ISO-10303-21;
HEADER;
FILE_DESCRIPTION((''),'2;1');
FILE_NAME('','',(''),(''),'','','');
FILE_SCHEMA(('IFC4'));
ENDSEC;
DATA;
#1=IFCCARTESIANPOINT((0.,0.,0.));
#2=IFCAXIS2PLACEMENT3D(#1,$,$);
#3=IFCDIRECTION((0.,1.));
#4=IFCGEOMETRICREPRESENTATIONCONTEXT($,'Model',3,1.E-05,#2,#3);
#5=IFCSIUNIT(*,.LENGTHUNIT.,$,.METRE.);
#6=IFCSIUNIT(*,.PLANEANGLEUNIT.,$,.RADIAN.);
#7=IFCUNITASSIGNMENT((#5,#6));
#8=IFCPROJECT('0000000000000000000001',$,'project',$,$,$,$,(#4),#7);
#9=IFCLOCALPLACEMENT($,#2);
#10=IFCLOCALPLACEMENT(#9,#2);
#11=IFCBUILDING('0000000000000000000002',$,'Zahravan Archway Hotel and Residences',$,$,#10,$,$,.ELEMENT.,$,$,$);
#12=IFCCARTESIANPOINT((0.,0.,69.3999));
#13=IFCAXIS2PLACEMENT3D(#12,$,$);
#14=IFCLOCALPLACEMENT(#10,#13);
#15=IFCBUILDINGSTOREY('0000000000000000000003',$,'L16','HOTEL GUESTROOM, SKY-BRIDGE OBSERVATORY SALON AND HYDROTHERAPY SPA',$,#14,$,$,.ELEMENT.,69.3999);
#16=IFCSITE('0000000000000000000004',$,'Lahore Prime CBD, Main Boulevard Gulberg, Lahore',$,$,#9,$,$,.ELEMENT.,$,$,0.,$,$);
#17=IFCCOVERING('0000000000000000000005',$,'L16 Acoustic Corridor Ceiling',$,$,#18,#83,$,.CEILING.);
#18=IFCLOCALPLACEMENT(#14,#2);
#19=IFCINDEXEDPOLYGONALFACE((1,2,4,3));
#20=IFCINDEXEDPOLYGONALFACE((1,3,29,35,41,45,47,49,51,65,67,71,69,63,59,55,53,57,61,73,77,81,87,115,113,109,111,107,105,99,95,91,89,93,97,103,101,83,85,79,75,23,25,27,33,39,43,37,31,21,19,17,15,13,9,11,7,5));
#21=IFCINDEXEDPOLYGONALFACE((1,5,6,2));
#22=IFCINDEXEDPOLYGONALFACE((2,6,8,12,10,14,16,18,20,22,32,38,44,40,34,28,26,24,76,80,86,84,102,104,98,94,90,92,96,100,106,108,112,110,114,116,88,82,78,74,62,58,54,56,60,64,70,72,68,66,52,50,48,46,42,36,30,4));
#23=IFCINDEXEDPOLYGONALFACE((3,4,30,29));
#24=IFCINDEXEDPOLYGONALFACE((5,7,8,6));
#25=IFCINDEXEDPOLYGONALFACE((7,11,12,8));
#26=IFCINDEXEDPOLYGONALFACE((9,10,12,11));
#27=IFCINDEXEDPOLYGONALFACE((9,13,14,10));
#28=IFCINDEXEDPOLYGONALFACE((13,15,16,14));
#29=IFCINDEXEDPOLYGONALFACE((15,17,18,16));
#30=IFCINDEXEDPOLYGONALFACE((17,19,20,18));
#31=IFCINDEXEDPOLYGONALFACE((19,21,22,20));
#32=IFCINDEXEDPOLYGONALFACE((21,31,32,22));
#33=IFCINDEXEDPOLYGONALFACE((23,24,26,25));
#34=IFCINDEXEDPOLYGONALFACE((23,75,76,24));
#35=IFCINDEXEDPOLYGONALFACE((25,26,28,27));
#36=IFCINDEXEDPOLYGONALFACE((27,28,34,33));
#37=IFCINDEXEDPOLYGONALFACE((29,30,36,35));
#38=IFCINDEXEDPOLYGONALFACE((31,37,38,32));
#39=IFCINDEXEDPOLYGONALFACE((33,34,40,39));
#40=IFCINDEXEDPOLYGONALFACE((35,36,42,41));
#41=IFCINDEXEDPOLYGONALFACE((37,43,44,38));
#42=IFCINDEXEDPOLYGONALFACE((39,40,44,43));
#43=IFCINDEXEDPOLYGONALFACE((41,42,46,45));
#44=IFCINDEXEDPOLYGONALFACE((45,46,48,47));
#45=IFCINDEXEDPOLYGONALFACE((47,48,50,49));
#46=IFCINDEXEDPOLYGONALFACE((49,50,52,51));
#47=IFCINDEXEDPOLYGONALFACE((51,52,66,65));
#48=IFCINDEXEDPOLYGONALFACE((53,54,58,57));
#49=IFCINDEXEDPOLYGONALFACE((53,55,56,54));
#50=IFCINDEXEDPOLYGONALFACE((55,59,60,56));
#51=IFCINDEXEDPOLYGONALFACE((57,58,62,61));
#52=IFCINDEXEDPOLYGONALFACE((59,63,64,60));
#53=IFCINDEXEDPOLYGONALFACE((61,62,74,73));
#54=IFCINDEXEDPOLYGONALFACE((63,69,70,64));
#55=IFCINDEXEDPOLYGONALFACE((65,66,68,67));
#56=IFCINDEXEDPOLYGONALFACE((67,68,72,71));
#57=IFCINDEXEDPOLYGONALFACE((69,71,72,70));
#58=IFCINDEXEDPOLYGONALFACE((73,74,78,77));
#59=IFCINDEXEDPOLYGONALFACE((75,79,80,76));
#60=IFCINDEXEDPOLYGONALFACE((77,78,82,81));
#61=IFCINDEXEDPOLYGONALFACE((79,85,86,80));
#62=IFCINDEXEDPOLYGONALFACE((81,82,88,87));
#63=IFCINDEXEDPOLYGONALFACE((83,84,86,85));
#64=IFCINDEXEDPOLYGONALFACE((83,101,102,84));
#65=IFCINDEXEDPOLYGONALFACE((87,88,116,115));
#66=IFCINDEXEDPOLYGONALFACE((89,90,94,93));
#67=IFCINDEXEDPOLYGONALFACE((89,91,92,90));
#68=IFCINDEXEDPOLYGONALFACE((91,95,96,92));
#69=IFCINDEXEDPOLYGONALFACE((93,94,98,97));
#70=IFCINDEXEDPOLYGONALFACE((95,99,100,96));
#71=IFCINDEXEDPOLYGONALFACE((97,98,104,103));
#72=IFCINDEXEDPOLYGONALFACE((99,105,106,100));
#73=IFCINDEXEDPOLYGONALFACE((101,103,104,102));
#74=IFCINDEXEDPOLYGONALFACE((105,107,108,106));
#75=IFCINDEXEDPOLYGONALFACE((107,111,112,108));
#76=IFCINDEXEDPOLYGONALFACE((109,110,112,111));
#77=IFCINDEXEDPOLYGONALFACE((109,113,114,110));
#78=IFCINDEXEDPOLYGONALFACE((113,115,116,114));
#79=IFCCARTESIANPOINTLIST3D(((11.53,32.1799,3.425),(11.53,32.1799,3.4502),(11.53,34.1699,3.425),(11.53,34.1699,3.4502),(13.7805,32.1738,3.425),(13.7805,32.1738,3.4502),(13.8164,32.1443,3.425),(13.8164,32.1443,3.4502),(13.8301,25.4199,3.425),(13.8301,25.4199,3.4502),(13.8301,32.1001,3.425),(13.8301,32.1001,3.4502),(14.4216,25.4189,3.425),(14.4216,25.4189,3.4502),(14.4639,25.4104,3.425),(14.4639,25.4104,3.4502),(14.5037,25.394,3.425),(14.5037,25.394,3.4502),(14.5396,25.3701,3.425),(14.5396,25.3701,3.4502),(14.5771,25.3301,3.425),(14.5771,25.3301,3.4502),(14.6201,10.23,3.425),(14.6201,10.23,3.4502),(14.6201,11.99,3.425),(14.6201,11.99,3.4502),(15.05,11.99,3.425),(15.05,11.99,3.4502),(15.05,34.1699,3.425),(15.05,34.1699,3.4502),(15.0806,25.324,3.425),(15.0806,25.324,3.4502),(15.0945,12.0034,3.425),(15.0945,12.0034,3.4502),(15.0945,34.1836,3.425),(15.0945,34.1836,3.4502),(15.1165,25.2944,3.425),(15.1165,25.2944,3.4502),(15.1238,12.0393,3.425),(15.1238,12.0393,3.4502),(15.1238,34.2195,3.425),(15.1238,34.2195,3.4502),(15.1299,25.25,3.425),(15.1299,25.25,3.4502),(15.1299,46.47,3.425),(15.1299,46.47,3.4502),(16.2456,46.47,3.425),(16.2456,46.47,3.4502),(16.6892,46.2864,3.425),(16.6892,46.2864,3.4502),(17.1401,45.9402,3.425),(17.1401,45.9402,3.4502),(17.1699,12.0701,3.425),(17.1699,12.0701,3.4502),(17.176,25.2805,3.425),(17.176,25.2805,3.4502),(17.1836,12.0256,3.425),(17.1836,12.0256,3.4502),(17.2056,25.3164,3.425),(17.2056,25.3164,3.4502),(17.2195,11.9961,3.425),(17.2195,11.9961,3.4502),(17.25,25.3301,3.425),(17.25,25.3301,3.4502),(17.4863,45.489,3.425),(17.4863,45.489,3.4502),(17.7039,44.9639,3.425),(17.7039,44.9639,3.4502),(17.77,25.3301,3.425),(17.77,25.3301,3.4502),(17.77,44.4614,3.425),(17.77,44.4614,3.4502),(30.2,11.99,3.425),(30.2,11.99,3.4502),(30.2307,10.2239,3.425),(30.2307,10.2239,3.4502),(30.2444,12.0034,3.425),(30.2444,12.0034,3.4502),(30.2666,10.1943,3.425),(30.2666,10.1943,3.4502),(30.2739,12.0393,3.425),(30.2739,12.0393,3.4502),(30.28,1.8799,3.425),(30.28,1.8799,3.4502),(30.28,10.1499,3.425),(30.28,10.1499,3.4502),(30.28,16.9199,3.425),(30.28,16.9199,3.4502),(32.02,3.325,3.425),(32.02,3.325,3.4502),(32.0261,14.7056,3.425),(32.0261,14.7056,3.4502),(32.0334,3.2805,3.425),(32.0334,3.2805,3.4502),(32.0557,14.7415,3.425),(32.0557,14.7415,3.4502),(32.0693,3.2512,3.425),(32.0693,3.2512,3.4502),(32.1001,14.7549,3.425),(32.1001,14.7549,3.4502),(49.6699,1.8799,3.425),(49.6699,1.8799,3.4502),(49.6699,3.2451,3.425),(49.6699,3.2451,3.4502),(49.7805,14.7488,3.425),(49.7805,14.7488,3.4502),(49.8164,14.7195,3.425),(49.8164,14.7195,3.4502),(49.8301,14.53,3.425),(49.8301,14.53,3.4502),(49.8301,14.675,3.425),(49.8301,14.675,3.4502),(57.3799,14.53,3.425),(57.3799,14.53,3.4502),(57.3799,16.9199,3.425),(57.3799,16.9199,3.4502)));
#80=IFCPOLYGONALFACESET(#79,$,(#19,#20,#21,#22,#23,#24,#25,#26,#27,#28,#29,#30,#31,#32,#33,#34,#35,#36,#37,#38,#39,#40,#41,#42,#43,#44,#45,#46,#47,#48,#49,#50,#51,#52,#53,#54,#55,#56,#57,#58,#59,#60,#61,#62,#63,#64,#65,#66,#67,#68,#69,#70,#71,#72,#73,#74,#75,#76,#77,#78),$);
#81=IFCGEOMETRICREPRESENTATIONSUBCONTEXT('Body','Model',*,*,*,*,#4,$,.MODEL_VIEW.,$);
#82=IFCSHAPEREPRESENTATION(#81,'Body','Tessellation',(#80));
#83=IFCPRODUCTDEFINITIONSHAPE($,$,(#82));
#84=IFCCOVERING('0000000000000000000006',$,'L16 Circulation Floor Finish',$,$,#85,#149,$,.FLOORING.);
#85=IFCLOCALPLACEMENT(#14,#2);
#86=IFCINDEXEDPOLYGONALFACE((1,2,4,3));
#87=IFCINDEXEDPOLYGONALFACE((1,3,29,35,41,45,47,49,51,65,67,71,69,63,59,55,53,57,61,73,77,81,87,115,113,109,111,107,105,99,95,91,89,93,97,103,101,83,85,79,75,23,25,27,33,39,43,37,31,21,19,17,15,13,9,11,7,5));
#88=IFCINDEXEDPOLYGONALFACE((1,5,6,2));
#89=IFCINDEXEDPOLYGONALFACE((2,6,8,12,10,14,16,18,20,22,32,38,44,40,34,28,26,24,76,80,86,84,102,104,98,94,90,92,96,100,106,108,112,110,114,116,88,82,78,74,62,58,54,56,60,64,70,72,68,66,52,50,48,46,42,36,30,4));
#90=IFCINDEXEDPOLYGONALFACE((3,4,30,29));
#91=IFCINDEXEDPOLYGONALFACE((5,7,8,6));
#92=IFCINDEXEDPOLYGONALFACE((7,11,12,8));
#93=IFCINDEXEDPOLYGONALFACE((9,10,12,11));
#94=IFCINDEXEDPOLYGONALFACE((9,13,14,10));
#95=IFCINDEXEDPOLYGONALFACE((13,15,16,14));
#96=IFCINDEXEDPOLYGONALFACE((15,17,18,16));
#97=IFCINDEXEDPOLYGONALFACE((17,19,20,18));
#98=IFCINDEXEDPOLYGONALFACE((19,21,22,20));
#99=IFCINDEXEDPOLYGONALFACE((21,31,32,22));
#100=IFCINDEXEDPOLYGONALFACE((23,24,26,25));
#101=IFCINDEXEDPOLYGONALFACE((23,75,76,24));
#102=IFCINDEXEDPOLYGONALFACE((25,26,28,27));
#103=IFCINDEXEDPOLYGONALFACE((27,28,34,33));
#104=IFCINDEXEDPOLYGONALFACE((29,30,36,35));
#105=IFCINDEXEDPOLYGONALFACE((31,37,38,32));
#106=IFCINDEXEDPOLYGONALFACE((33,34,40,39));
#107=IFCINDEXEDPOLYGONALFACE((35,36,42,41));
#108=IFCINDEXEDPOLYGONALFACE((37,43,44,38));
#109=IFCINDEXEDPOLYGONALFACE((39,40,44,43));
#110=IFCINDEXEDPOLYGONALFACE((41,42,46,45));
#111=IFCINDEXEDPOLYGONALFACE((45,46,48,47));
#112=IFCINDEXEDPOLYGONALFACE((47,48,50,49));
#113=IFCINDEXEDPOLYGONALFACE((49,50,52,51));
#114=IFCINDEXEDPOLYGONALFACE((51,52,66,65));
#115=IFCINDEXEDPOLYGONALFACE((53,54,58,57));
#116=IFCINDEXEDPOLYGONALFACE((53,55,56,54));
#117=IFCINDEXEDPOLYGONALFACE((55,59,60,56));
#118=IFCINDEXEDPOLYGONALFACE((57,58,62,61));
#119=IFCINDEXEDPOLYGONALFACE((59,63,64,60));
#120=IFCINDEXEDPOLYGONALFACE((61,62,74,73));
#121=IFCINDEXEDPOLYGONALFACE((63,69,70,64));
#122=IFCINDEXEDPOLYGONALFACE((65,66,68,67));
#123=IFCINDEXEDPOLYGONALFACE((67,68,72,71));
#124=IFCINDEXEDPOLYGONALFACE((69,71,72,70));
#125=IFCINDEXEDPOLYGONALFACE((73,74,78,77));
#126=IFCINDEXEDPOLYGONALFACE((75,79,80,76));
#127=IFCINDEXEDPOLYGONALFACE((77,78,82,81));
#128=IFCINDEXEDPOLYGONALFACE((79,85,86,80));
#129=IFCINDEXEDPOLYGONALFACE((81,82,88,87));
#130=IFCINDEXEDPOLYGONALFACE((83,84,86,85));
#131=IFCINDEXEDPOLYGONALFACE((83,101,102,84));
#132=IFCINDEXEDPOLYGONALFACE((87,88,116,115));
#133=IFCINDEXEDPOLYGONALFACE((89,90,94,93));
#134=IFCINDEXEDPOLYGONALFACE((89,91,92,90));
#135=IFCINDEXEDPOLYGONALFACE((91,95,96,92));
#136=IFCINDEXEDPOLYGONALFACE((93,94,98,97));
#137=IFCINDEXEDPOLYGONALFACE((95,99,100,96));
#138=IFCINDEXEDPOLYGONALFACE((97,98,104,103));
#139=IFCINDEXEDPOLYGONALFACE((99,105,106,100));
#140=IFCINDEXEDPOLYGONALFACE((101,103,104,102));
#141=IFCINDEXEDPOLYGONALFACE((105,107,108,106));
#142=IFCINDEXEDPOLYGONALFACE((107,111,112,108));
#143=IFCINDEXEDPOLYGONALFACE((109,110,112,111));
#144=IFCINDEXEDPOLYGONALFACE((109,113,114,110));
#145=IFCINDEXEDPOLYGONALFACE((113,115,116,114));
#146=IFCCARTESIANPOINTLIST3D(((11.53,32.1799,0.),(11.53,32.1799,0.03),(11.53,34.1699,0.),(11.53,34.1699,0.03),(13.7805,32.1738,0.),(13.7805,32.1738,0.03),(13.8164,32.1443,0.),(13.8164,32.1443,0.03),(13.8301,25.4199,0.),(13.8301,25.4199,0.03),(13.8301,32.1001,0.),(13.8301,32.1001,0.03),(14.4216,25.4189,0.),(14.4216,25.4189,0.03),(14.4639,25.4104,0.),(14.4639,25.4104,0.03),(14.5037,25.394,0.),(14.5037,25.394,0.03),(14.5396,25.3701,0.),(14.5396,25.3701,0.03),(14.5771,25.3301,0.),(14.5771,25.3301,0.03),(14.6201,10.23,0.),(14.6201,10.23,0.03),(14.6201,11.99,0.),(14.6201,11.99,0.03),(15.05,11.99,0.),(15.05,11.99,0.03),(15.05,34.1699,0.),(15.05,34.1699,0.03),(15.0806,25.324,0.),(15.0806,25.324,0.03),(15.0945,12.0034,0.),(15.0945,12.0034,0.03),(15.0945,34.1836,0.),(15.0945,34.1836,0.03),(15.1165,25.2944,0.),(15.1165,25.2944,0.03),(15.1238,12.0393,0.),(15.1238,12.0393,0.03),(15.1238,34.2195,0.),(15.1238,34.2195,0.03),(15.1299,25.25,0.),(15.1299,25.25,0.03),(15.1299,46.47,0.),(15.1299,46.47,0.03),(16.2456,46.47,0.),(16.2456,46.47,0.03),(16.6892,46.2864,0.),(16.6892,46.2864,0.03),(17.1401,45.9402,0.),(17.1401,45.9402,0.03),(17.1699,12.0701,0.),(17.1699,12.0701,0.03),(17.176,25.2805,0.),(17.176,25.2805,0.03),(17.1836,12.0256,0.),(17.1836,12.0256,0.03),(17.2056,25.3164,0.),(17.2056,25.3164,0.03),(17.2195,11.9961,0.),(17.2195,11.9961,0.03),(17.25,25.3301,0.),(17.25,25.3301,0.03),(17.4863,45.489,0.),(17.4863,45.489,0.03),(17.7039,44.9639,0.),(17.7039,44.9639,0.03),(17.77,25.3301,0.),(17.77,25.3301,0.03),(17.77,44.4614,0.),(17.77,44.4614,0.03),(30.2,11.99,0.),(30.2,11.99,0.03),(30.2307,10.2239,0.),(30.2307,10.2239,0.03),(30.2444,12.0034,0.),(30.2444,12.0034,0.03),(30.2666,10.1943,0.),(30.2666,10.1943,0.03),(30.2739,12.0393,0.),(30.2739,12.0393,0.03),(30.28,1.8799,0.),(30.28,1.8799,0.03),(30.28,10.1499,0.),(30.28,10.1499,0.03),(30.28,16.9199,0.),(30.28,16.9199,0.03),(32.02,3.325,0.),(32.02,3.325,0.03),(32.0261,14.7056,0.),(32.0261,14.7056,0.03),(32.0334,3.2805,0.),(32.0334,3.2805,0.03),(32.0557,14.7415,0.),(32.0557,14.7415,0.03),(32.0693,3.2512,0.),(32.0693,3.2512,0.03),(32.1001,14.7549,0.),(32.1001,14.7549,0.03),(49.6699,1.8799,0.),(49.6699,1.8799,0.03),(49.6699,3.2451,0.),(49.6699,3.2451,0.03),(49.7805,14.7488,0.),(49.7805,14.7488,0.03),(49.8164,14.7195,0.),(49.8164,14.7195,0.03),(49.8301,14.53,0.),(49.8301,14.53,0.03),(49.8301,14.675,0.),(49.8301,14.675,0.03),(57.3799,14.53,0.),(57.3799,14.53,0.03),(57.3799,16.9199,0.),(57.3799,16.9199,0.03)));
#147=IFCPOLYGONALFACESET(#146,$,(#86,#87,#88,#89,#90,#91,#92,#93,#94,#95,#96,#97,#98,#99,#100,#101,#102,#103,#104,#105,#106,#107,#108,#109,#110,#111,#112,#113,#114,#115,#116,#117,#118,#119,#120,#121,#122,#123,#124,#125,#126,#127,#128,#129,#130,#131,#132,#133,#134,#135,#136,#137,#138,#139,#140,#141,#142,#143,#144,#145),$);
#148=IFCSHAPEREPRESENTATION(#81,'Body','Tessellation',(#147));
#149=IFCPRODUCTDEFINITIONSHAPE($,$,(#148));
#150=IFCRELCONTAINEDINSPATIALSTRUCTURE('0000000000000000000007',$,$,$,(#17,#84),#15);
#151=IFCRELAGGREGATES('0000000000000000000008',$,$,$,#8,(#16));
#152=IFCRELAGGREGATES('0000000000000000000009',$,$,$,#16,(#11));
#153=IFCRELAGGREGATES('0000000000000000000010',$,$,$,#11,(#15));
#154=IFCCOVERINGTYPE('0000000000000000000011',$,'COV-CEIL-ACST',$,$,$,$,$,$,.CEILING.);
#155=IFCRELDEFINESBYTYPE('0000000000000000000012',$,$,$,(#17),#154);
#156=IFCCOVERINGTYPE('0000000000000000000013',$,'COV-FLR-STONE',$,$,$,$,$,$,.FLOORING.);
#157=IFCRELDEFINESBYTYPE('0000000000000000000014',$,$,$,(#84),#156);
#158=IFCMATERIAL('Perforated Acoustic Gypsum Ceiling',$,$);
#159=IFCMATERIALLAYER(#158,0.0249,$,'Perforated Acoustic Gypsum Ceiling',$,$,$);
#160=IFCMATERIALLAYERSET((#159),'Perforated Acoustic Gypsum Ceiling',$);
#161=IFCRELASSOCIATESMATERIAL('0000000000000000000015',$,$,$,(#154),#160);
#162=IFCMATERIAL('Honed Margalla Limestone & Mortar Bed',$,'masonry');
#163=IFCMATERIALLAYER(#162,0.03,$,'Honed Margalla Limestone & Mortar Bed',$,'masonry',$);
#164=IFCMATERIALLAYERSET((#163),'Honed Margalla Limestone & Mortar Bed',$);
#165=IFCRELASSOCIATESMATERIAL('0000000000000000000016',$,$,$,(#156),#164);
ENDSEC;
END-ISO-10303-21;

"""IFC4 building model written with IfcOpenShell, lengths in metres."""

from ifc_helpers import new_model, si_unit, direction, frame, origin, place, context, subcontext, project, spatial, polyline, outline, extrude, material, layer, layer_set, type_object, element, save


model = new_model("IFC4")

# Units and contexts
model_context = context("Model", 3, precision=1e-05, world=origin(), true_north=direction((0.0, 1.0)))
body_context = subcontext(model_context, "Body", "Model", "MODEL_VIEW")
ifc_project = project(units=[si_unit("LENGTHUNIT", "METRE"), si_unit("PLANEANGLEUNIT", "RADIAN")], contexts=[model_context])

# Site, building, storey
site_placement = place(None, origin())
site = spatial("IfcSite", under=ifc_project, at=site_placement, Name="Lahore Prime CBD, Main Boulevard Gulberg, Lahore", CompositionType="ELEMENT", RefElevation=0.0)
building_placement = place(site_placement, origin())
building = spatial("IfcBuilding", under=site, at=building_placement, Name="Zahravan Archway Hotel and Residences", CompositionType="ELEMENT")
storey_placement = place(building_placement, frame((0.0, 0.0, 69.3999)))
storey = spatial("IfcBuildingStorey", under=building, at=storey_placement, Name="L16", Description="HOTEL GUESTROOM, SKY-BRIDGE OBSERVATORY SALON AND HYDROTHERAPY SPA", CompositionType="ELEMENT", Elevation=69.3999)

# Coverings
ifc_material_1 = material(Name="Perforated Acoustic Gypsum Ceiling")
ifc_layer_1 = layer(ifc_material_1, 0.0249, Name="Perforated Acoustic Gypsum Ceiling")
ifc_layer_set_1 = layer_set([ifc_layer_1], Name="Perforated Acoustic Gypsum Ceiling")
covering_type_1 = type_object("IfcCoveringType", Name="COV-CEIL-ACST", PredefinedType="CEILING", material=ifc_layer_set_1)
covering_1_placement = place(storey_placement, frame((0.0, 0.0, 3.425)))
element("IfcCovering", 1, at=covering_1_placement, inside=storey, type_object=covering_type_1, Name="L16 Acoustic Corridor Ceiling", PredefinedType="CEILING", context=body_context, shape_type="SweptSolid", body=[
    extrude(outline(polyline([(49.8301, 14.675), (49.8164, 14.7195), (49.7805, 14.7488), (32.1001, 14.7549), (32.0557, 14.7415), (32.0261, 14.7056), (32.02, 3.325), (32.0334, 3.2805), (32.0693, 3.2512), (49.6699, 3.2451), (49.6699, 1.8799), (30.28, 1.8799), (30.28, 10.1499), (30.2666, 10.1943), (30.2307, 10.2239), (14.6201, 10.23), (14.6201, 11.99), (15.05, 11.99), (15.0945, 12.0034), (15.1238, 12.0393), (15.1299, 25.25), (15.1165, 25.2944), (15.0806, 25.324), (14.5771, 25.3301), (14.5396, 25.3701), (14.5037, 25.394), (14.4639, 25.4104), (14.4216, 25.4189), (13.8301, 25.4199), (13.8301, 32.1001), (13.8164, 32.1443), (13.7805, 32.1738), (11.53, 32.1799), (11.53, 34.1699), (15.05, 34.1699), (15.0945, 34.1836), (15.1238, 34.2195), (15.1299, 46.47), (16.2456, 46.47), (16.6892, 46.2864), (17.1401, 45.9402), (17.4863, 45.489), (17.7039, 44.9639), (17.77, 44.4614), (17.77, 25.3301), (17.25, 25.3301), (17.2056, 25.3164), (17.176, 25.2805), (17.1699, 12.0701), (17.1836, 12.0256), (17.2195, 11.9961), (30.2, 11.99), (30.2444, 12.0034), (30.2739, 12.0393), (30.28, 16.9199), (57.3799, 16.9199), (57.3799, 14.53), (49.8301, 14.53), (49.8301, 14.675)])), origin(), (0.0, 0.0, 1.0), 0.0251),
])
ifc_material_2 = material(Name="Honed Margalla Limestone & Mortar Bed", Category="masonry")
ifc_layer_2 = layer(ifc_material_2, 0.03, Name="Honed Margalla Limestone & Mortar Bed", Category="masonry")
ifc_layer_set_2 = layer_set([ifc_layer_2], Name="Honed Margalla Limestone & Mortar Bed")
covering_type_2 = type_object("IfcCoveringType", Name="COV-FLR-STONE", PredefinedType="FLOORING", material=ifc_layer_set_2)
covering_2_placement = place(storey_placement, origin())
element("IfcCovering", 2, at=covering_2_placement, inside=storey, type_object=covering_type_2, Name="L16 Circulation Floor Finish", PredefinedType="FLOORING", context=body_context, shape_type="SweptSolid", body=[
    extrude(outline(polyline([(49.8301, 14.675), (49.8164, 14.7195), (49.7805, 14.7488), (32.1001, 14.7549), (32.0557, 14.7415), (32.0261, 14.7056), (32.02, 3.325), (32.0334, 3.2805), (32.0693, 3.2512), (49.6699, 3.2451), (49.6699, 1.8799), (30.28, 1.8799), (30.28, 10.1499), (30.2666, 10.1943), (30.2307, 10.2239), (14.6201, 10.23), (14.6201, 11.99), (15.05, 11.99), (15.0945, 12.0034), (15.1238, 12.0393), (15.1299, 25.25), (15.1165, 25.2944), (15.0806, 25.324), (14.5771, 25.3301), (14.5396, 25.3701), (14.5037, 25.394), (14.4639, 25.4104), (14.4216, 25.4189), (13.8301, 25.4199), (13.8301, 32.1001), (13.8164, 32.1443), (13.7805, 32.1738), (11.53, 32.1799), (11.53, 34.1699), (15.05, 34.1699), (15.0945, 34.1836), (15.1238, 34.2195), (15.1299, 46.47), (16.2456, 46.47), (16.6892, 46.2864), (17.1401, 45.9402), (17.4863, 45.489), (17.7039, 44.9639), (17.77, 44.4614), (17.77, 25.3301), (17.25, 25.3301), (17.2056, 25.3164), (17.176, 25.2805), (17.1699, 12.0701), (17.1836, 12.0256), (17.2195, 11.9961), (30.2, 11.99), (30.2444, 12.0034), (30.2739, 12.0393), (30.28, 16.9199), (57.3799, 16.9199), (57.3799, 14.53), (49.8301, 14.53), (49.8301, 14.675)])), origin(), (0.0, 0.0, 1.0), 0.03),
])

save(model, "model.ifc")
